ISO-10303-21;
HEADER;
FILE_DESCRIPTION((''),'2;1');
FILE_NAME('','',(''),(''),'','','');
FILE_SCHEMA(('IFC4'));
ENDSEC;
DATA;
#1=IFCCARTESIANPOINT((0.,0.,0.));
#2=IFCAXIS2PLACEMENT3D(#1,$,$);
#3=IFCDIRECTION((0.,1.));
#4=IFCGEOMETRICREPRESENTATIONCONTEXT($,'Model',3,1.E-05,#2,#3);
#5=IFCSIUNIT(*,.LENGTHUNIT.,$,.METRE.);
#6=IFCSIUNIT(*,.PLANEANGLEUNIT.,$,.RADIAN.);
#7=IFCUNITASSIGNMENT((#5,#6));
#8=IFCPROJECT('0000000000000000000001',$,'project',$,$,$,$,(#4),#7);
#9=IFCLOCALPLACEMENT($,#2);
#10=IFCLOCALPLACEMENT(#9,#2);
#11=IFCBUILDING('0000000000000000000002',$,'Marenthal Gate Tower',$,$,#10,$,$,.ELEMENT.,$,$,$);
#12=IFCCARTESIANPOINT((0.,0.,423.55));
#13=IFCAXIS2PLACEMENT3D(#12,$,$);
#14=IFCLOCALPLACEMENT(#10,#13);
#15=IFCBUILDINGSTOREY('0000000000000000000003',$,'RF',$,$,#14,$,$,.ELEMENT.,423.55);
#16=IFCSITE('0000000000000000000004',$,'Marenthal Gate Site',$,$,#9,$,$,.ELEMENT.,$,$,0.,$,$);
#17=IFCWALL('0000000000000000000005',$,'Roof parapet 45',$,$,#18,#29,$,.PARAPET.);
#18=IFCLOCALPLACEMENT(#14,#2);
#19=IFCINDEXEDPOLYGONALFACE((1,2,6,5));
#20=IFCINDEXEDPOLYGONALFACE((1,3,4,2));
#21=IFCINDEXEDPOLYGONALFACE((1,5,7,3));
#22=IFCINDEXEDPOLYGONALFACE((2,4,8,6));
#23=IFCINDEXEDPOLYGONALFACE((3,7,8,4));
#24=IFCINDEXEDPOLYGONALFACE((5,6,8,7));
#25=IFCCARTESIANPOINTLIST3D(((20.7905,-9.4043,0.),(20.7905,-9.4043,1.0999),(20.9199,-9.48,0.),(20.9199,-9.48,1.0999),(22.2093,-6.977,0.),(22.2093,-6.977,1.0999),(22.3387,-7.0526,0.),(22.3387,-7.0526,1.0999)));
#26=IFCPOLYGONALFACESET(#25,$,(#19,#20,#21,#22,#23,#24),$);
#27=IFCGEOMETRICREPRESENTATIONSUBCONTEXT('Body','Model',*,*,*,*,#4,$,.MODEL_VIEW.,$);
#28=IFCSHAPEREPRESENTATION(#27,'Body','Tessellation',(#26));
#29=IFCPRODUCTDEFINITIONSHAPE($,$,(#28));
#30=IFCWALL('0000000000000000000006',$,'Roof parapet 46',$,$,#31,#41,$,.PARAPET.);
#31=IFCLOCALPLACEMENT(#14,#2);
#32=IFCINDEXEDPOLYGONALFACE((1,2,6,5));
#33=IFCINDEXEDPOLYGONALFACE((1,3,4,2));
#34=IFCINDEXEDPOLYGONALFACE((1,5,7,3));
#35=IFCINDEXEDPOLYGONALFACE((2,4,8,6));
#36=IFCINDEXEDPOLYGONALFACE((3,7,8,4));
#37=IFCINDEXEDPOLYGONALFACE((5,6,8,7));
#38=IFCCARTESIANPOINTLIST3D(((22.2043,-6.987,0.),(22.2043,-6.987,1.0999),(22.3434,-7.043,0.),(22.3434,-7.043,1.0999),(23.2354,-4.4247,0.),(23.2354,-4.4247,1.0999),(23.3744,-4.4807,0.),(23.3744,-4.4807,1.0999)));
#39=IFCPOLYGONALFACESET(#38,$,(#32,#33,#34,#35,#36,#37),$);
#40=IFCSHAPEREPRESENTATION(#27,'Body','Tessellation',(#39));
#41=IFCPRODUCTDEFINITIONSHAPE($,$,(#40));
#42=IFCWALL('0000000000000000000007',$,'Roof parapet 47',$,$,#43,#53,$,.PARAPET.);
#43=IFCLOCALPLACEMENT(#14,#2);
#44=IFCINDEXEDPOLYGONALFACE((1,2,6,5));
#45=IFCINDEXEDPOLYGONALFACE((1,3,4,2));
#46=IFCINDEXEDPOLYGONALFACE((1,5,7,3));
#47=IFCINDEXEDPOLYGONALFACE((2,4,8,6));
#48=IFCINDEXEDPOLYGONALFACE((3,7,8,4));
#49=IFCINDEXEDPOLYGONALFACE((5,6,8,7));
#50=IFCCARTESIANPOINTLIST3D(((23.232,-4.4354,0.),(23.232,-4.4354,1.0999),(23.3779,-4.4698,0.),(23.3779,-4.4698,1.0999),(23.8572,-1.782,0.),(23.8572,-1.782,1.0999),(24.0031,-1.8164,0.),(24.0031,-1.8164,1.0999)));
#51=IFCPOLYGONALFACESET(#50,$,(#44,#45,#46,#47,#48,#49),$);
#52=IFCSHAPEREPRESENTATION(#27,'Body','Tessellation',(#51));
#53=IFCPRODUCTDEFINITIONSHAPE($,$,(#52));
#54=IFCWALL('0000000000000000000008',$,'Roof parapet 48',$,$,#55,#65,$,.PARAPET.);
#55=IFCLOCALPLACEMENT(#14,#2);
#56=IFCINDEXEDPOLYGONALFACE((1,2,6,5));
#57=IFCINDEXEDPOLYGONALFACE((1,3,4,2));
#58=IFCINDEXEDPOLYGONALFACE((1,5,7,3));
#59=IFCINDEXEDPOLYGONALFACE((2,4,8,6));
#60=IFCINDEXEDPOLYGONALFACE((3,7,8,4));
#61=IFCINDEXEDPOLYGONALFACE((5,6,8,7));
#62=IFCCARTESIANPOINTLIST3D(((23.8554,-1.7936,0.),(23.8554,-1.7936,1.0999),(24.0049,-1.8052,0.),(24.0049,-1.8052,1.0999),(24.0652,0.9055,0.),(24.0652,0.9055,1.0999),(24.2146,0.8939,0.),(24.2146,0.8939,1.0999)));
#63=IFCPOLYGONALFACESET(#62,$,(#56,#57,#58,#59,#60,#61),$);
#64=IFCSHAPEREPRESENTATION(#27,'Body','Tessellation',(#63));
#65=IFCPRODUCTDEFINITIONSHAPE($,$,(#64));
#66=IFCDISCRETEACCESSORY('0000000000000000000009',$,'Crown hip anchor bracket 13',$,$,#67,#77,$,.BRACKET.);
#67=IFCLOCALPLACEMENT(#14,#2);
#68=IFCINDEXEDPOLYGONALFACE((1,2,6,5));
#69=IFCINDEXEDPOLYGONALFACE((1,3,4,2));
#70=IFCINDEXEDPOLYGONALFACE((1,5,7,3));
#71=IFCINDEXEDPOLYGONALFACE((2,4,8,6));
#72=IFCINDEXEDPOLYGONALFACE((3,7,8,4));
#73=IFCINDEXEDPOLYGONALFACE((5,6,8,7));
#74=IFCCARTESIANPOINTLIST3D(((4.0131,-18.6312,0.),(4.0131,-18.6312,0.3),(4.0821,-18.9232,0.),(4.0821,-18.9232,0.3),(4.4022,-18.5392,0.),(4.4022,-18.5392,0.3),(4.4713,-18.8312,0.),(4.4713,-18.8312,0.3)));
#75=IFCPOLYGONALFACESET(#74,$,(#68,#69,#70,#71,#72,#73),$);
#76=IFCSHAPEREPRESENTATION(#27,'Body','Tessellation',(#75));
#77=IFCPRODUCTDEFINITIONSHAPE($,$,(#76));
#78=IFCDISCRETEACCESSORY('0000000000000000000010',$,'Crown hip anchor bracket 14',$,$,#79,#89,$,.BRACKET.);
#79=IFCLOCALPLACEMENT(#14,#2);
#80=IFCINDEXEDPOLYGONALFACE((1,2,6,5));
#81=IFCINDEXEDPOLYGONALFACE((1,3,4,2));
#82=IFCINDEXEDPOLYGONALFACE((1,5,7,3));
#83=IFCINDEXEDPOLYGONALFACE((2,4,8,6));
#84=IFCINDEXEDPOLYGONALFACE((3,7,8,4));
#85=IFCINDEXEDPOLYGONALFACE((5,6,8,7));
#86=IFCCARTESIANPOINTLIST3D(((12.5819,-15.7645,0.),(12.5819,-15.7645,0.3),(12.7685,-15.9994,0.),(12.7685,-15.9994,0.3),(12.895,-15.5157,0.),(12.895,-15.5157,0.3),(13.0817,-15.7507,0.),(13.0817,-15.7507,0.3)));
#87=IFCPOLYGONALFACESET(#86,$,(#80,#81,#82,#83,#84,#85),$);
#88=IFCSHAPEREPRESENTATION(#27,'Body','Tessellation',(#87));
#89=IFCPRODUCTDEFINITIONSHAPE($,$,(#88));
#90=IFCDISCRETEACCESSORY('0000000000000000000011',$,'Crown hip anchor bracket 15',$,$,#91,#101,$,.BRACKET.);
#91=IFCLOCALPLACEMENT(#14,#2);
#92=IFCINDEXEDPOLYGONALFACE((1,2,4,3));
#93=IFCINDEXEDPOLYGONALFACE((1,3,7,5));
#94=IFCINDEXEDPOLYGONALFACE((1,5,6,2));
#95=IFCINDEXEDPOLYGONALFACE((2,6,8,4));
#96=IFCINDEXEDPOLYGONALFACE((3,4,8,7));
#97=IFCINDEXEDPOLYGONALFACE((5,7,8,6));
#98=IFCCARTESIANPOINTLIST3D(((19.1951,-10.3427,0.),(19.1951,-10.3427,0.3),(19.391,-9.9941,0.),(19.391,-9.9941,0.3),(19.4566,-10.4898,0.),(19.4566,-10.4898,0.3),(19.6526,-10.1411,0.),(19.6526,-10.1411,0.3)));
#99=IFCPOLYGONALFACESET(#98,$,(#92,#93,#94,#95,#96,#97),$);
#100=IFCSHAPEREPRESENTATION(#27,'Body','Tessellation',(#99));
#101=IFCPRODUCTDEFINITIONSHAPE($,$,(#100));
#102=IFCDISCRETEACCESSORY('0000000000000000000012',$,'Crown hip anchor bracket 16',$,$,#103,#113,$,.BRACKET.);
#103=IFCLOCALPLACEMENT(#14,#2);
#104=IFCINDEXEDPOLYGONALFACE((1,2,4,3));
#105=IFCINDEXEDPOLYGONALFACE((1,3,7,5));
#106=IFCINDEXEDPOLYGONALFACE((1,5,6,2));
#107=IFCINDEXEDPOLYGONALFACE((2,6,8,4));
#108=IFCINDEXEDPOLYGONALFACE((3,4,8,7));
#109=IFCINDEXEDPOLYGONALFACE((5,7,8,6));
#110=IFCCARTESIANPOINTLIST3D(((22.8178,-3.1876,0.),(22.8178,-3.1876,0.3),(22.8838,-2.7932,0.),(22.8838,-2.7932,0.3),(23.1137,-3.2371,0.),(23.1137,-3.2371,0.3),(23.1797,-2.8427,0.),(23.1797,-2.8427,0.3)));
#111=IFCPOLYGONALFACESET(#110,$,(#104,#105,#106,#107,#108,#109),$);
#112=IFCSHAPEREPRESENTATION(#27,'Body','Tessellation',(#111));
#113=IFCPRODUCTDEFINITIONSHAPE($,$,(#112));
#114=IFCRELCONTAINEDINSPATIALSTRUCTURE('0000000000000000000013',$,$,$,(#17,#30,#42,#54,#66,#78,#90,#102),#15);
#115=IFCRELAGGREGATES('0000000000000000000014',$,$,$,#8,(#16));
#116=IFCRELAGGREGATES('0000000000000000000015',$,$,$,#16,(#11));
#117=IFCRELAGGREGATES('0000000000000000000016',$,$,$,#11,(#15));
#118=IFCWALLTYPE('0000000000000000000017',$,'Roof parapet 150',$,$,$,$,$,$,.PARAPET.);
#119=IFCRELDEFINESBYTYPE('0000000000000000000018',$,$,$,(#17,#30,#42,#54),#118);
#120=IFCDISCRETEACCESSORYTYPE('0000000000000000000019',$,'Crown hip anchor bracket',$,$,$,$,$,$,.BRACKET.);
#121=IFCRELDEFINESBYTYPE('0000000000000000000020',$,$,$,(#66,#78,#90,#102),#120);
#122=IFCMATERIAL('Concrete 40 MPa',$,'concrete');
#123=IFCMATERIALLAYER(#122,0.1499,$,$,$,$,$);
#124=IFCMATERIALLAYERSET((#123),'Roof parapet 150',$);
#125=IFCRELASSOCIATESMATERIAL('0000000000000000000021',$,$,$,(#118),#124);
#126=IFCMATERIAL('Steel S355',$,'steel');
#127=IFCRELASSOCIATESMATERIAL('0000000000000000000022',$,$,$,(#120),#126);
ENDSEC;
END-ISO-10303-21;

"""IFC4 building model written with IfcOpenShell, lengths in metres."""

from ifc_helpers import new_model, si_unit, direction, frame, frame_2d, origin, origin_2d, place, context, subcontext, project, spatial, rectangle, extrude, material, layer, layer_set, type_object, element, save


model = new_model("IFC4")

# Units and contexts
model_context = context("Model", 3, precision=1e-05, world=origin(), true_north=direction((0.0, 1.0)))
body_context = subcontext(model_context, "Body", "Model", "MODEL_VIEW")
ifc_project = project(units=[si_unit("LENGTHUNIT", "METRE"), si_unit("PLANEANGLEUNIT", "RADIAN")], contexts=[model_context])

# Site, building, storey
site_placement = place(None, origin())
site = spatial("IfcSite", under=ifc_project, at=site_placement, Name="Marenthal Gate Site", CompositionType="ELEMENT", RefElevation=0.0)
building_placement = place(site_placement, origin())
building = spatial("IfcBuilding", under=site, at=building_placement, Name="Marenthal Gate Tower", CompositionType="ELEMENT")
storey_placement = place(building_placement, frame((0.0, 0.0, 423.55)))
storey = spatial("IfcBuildingStorey", under=building, at=storey_placement, Name="RF", CompositionType="ELEMENT", Elevation=423.55)

# Walls
ifc_material_1 = material(Name="Concrete 40 MPa", Category="concrete")
ifc_layer_1 = layer(ifc_material_1, 0.1499)
ifc_layer_set_1 = layer_set([ifc_layer_1], Name="Roof parapet 150")
wall_type = type_object("IfcWallType", Name="Roof parapet 150", PredefinedType="PARAPET", material=ifc_layer_set_1)
wall_1_placement = place(storey_placement, frame((20.8552, -9.4421, 0.0), z_axis=(0.0, 0.0, 1.0), x_axis=(0.504616, 0.863344, 0.0)))
element("IfcWall", 1, at=wall_1_placement, inside=storey, type_object=wall_type, Name="Roof parapet 45", PredefinedType="PARAPET", context=body_context, shape_type="SweptSolid", body=[
    extrude(rectangle(XDim=2.8115, YDim=0.1499, at=frame_2d((1.4058, 0.0))), origin(), (0.0, 0.0, 1.0), 1.0999),
])
wall_2_placement = place(storey_placement, frame((22.2739, -7.0149, 0.0), z_axis=(0.0, 0.0, 1.0), x_axis=(0.373295, 0.927713, 0.0)))
element("IfcWall", 2, at=wall_2_placement, inside=storey, type_object=wall_type, Name="Roof parapet 46", PredefinedType="PARAPET", context=body_context, shape_type="SweptSolid", body=[
    extrude(rectangle(XDim=2.762, YDim=0.1499, at=frame_2d((1.3809, 0.0))), origin(), (0.0, 0.0, 1.0), 1.0999),
])
wall_3_placement = place(storey_placement, frame((23.3049, -4.4526, 0.0), z_axis=(0.0, 0.0, 1.0), x_axis=(0.229364, 0.973341, 0.0)))
element("IfcWall", 3, at=wall_3_placement, inside=storey, type_object=wall_type, Name="Roof parapet 47", PredefinedType="PARAPET", context=body_context, shape_type="SweptSolid", body=[
    extrude(rectangle(XDim=2.7261, YDim=0.1499, at=frame_2d((1.363, 0.0))), origin(), (0.0, 0.0, 1.0), 1.0999),
])
wall_4_placement = place(storey_placement, frame((23.9302, -1.7993, 0.0), z_axis=(0.0, 0.0, 1.0), x_axis=(0.077462, 0.996995, 0.0)))
element("IfcWall", 4, at=wall_4_placement, inside=storey, type_object=wall_type, Name="Roof parapet 48", PredefinedType="PARAPET", context=body_context, shape_type="SweptSolid", body=[
    extrude(rectangle(XDim=2.7073, YDim=0.1499, at=frame_2d((1.3535, 0.0))), origin(), (0.0, 0.0, 1.0), 1.0999),
])

# Discrete accessories
ifc_material_2 = material(Name="Steel S355", Category="steel")
discrete_accessory_type = type_object("IfcDiscreteAccessoryType", Name="Crown hip anchor bracket", PredefinedType="BRACKET", material=ifc_material_2)
for number, where, z_axis, x_axis, name in (
    (5, (4.2422, -18.7312, 0.0), (0.0, 0.0, 1.0), (-0.973161, -0.230123, 0.0), "Crown hip anchor bracket 13"),
    (6, (12.8318, -15.7576, 0.0), (0.0, 0.0, 1.0), (-0.783026, -0.621989, 0.0), "Crown hip anchor bracket 14"),
    (7, (19.4238, -10.2419, 0.0), (0.0, 0.0, 1.0), (-0.489966, -0.871742, 0.0), "Crown hip anchor bracket 15"),
    (8, (22.9988, -3.0151, 0.0), (0.0, 0.0, 1.0), (-0.165026, -0.986289, 0.0), "Crown hip anchor bracket 16"),
):
    element("IfcDiscreteAccessory", number, at=place(storey_placement, frame(where, z_axis=z_axis, x_axis=x_axis)), inside=storey, type_object=discrete_accessory_type, Name=name, PredefinedType="BRACKET", context=body_context, shape_type="SweptSolid", body=[
        extrude(rectangle(XDim=0.3999, YDim=0.3, at=origin_2d()), origin(), (0.0, 0.0, 1.0), 0.3),
    ])

save(model, "model.ifc")
